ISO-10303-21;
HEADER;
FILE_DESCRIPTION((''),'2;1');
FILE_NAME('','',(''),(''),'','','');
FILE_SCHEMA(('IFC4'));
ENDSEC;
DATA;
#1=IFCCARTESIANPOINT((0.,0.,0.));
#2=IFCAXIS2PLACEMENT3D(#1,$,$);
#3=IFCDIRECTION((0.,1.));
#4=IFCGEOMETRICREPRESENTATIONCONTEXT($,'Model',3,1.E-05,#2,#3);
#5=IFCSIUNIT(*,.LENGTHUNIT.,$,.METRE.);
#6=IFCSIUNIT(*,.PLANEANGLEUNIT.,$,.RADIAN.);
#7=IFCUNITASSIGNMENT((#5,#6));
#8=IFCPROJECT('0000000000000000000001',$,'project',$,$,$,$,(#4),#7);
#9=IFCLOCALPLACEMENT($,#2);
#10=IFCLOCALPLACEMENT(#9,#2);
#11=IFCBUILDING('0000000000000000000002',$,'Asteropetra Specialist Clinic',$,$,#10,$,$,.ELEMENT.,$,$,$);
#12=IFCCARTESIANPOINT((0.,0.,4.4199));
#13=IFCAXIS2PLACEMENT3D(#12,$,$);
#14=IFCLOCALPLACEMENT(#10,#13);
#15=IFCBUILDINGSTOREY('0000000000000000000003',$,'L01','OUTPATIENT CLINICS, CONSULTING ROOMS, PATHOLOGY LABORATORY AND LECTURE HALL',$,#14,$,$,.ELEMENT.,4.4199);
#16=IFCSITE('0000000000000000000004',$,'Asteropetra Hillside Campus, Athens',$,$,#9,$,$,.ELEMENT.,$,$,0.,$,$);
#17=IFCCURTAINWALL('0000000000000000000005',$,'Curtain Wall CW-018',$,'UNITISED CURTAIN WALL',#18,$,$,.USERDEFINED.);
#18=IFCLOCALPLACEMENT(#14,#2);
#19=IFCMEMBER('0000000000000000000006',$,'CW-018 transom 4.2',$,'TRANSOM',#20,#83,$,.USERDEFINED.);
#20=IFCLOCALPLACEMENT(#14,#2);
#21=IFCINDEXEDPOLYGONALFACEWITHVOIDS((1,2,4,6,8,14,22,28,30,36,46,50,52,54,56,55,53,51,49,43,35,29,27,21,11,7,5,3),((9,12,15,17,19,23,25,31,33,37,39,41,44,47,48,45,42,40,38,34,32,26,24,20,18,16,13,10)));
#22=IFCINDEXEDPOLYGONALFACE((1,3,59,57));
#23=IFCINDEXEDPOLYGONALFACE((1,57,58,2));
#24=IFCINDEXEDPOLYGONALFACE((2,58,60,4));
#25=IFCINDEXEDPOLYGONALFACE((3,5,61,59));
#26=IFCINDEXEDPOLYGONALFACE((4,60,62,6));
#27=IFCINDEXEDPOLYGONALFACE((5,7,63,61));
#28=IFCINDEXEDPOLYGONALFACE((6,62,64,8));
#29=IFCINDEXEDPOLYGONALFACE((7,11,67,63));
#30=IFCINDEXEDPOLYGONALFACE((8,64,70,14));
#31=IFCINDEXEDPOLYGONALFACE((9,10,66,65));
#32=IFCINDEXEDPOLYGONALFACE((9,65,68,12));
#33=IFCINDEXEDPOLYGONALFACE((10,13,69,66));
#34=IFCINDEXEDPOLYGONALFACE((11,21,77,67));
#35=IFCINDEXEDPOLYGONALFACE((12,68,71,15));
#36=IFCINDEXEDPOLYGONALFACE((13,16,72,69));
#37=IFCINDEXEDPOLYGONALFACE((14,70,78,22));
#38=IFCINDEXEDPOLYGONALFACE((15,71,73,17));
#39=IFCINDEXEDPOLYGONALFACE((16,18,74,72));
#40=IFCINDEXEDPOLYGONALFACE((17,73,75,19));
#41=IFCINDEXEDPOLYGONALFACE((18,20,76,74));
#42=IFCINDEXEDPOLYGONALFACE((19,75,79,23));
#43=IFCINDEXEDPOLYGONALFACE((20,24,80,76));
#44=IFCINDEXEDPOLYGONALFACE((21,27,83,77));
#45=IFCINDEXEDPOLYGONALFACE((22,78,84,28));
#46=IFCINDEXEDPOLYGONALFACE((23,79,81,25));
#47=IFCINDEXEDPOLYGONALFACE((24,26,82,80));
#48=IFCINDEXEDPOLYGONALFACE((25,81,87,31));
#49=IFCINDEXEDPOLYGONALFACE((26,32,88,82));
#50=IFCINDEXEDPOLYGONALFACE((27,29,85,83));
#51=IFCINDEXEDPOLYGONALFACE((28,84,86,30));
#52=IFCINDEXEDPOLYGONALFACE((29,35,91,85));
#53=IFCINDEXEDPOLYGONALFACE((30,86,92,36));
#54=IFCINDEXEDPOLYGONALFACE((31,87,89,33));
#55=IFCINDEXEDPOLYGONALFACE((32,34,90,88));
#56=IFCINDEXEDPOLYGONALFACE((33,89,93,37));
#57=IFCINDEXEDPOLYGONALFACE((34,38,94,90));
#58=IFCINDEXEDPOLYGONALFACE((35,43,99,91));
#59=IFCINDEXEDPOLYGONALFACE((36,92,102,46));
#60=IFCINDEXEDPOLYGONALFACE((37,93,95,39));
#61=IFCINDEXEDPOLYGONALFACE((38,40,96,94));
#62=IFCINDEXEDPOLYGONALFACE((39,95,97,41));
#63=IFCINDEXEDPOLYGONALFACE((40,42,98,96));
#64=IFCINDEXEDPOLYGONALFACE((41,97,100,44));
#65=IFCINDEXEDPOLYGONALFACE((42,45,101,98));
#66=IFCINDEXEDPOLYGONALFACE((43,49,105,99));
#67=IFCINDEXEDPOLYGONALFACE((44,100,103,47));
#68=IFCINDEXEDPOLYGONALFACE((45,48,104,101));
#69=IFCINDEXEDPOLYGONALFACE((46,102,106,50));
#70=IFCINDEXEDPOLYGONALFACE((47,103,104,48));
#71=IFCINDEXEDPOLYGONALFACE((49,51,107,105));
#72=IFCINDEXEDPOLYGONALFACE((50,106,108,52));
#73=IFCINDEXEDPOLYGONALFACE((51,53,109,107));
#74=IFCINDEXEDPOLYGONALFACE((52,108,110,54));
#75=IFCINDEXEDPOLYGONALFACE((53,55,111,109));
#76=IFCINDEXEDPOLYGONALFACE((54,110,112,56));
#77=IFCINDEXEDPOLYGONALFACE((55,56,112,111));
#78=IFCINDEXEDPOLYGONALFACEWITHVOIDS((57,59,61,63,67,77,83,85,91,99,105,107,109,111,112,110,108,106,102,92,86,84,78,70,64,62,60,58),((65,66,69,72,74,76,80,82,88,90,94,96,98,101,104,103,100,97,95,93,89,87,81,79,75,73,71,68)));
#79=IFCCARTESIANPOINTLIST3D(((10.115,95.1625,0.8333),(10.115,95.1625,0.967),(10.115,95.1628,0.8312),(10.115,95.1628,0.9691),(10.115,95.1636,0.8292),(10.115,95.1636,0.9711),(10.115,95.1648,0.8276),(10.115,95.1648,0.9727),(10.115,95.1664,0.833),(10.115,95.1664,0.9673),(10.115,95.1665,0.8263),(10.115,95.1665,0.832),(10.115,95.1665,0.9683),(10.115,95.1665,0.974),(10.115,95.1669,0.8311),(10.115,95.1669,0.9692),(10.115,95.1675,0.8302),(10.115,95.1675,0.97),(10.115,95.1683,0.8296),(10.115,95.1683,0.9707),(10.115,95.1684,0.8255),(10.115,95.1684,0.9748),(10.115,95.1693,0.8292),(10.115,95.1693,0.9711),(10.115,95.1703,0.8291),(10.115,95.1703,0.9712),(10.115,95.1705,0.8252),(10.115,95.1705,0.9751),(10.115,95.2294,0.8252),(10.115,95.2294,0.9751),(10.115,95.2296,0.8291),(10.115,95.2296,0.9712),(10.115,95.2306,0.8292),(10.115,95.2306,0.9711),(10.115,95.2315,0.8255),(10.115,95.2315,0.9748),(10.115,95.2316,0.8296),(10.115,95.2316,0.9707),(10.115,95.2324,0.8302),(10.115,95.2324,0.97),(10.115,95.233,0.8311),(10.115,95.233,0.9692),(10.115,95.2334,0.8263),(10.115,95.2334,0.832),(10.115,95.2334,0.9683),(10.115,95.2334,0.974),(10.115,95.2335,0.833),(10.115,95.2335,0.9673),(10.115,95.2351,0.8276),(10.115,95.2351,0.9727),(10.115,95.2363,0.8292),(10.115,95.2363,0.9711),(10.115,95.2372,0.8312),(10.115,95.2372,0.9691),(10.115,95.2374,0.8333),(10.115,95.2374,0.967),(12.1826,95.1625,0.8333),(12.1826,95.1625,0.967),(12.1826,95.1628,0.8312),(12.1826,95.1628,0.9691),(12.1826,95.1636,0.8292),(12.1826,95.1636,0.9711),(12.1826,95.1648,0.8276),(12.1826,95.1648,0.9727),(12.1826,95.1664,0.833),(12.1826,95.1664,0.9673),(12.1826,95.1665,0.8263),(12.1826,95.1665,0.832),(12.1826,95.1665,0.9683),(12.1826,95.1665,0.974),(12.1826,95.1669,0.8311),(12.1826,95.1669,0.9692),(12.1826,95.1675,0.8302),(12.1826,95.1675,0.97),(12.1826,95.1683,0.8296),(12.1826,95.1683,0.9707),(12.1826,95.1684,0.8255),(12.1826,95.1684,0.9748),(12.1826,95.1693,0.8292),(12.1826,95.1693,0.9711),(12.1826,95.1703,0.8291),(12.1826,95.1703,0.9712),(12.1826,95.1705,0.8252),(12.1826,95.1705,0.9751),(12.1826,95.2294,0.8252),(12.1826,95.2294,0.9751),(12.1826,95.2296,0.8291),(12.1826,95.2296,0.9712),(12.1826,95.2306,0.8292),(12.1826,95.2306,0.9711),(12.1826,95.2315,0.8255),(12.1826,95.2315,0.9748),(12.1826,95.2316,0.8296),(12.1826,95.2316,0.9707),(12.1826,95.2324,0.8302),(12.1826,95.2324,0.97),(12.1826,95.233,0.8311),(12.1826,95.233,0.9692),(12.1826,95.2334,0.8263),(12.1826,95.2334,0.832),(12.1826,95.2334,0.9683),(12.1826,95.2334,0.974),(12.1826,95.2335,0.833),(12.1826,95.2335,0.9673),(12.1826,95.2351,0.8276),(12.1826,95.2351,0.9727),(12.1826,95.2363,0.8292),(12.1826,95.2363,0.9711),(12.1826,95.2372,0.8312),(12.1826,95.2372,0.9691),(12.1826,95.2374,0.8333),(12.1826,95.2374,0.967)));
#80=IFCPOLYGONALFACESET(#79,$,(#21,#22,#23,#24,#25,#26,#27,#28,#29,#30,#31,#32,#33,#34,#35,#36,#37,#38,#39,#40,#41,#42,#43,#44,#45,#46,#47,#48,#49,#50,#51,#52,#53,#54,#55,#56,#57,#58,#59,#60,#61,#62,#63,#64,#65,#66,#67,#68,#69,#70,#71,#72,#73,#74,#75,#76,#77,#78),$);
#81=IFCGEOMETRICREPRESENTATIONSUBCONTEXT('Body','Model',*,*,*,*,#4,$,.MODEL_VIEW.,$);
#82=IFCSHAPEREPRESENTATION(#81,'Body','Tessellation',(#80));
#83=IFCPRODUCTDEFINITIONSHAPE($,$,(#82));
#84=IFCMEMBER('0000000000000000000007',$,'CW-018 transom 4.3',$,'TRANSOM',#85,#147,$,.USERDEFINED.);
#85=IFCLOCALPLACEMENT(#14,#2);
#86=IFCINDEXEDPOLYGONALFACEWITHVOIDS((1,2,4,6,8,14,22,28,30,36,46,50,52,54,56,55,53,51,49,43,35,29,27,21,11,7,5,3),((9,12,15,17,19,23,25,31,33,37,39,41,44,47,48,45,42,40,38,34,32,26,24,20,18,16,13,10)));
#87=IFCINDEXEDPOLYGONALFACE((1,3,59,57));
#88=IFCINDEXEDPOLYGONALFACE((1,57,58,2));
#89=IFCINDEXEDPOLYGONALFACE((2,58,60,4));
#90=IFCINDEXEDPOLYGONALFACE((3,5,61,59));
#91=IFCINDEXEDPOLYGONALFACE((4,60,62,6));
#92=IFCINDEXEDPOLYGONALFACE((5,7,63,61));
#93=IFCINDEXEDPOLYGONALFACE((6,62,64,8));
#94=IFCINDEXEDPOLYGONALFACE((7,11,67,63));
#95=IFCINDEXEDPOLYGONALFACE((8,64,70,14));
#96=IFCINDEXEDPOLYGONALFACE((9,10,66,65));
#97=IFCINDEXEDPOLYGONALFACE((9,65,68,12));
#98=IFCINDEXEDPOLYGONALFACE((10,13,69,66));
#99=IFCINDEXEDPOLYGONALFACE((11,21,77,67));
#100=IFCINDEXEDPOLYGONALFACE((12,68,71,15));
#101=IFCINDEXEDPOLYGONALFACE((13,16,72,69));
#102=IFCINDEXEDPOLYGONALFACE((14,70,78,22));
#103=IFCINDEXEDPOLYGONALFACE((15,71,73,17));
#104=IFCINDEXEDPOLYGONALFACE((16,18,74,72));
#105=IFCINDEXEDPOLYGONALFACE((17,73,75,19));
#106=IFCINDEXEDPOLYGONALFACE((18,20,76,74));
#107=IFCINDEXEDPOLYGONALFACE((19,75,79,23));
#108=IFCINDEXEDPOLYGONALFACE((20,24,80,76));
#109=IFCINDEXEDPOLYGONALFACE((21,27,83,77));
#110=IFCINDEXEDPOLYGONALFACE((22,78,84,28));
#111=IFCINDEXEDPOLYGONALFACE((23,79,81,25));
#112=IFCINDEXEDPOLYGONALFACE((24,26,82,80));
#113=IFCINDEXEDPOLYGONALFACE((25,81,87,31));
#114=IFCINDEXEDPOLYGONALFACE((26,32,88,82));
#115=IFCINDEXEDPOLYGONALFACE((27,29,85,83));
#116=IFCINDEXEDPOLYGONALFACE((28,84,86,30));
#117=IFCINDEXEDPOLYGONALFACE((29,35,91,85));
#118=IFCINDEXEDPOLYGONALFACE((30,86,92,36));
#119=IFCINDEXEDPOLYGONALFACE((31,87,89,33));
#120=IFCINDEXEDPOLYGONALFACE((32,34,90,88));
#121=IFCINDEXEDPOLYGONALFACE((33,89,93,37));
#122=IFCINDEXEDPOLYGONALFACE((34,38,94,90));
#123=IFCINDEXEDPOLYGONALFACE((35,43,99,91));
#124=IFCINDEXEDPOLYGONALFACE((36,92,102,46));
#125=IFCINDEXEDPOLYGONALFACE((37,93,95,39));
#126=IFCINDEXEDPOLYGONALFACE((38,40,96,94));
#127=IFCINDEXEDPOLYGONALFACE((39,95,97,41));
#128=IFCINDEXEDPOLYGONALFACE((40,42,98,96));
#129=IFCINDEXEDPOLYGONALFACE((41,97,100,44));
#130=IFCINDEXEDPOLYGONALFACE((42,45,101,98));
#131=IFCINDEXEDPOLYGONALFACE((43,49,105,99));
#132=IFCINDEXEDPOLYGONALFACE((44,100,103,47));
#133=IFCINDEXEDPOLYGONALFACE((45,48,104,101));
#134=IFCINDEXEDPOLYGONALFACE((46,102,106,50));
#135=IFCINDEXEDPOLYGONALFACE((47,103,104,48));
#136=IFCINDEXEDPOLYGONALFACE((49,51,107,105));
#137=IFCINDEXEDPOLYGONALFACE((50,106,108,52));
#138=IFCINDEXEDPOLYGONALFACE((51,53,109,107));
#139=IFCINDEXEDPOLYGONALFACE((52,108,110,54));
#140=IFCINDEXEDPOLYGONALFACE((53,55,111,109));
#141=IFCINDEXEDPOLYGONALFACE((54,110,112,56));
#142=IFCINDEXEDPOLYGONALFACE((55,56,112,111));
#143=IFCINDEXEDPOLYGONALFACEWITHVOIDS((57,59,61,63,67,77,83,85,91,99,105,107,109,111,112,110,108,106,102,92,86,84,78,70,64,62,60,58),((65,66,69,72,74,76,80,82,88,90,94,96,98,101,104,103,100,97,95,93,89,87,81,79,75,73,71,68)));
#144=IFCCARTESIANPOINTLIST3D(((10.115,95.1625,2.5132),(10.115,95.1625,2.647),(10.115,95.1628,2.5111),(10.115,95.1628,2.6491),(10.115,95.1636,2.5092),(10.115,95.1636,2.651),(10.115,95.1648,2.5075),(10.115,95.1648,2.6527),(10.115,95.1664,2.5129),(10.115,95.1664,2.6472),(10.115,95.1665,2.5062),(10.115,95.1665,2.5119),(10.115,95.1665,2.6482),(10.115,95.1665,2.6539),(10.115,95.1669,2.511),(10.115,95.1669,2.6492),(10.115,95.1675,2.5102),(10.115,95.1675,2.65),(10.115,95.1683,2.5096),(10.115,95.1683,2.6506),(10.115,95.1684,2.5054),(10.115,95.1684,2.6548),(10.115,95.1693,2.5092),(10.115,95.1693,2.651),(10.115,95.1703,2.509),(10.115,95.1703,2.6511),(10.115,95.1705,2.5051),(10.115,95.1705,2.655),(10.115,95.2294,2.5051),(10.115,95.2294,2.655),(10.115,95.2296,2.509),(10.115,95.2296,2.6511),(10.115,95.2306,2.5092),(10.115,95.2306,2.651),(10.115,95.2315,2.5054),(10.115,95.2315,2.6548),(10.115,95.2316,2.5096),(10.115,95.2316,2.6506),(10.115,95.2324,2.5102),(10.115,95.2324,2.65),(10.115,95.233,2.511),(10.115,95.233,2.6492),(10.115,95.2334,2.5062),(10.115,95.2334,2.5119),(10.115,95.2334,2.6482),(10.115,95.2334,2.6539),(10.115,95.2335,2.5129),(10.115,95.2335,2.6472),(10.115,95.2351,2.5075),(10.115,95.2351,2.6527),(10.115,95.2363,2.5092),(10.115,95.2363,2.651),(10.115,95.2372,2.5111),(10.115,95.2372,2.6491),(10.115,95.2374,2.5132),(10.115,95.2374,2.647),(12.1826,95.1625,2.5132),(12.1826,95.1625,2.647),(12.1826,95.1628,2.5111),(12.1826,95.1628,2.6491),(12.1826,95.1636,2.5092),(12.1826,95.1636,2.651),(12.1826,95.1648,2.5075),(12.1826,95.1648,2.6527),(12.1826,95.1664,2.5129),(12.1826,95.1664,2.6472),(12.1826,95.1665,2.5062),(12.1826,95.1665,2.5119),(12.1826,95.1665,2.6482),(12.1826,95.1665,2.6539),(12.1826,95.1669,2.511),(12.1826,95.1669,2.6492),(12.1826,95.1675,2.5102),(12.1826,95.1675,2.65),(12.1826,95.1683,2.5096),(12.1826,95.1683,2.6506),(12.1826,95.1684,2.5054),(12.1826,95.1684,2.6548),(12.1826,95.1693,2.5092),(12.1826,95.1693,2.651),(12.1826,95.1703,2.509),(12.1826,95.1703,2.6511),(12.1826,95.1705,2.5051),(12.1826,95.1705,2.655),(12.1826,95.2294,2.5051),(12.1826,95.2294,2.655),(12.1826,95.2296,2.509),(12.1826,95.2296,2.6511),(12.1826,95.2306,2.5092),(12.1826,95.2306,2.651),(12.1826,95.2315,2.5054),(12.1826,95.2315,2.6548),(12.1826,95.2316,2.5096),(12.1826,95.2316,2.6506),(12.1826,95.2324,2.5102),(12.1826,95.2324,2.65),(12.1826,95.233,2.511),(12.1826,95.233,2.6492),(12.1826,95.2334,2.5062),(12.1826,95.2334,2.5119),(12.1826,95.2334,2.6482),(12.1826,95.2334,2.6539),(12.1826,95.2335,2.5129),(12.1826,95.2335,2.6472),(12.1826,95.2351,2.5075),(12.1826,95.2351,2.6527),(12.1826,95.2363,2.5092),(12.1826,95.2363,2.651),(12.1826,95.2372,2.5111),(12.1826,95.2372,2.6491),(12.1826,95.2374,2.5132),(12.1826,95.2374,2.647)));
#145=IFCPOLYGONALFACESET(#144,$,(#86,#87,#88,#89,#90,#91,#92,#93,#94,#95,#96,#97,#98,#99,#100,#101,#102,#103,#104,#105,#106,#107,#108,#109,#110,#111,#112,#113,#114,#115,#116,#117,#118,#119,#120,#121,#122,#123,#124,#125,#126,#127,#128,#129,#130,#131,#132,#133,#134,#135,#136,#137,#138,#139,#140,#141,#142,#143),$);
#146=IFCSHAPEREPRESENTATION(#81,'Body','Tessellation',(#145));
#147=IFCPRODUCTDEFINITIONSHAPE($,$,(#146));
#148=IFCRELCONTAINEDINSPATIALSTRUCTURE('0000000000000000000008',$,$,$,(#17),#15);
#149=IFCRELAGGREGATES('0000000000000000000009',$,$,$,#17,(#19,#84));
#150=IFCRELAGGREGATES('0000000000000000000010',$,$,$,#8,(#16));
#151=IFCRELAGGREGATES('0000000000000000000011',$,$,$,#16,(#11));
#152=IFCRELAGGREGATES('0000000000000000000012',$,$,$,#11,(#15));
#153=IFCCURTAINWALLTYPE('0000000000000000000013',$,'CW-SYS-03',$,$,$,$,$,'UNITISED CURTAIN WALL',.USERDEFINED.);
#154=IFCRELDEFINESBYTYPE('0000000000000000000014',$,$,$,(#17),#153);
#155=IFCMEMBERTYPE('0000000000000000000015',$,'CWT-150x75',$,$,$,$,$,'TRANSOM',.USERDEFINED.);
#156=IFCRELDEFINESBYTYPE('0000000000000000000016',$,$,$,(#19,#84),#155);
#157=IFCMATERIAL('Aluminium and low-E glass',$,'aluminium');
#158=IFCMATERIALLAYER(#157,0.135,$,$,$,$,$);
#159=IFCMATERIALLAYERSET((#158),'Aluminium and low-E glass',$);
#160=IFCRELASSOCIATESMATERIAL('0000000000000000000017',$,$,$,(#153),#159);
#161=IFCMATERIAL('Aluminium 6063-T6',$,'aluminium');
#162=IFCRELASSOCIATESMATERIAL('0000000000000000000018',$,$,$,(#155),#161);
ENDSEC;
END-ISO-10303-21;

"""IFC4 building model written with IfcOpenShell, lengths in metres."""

from ifc_helpers import new_model, si_unit, direction, frame, origin, origin_2d, place, context, subcontext, project, spatial, hollow_rectangle, extrude, material, layer, layer_set, material_profile, profile_set, type_object, element, aggregate, save


model = new_model("IFC4")

# Units and contexts
model_context = context("Model", 3, precision=1e-05, world=origin(), true_north=direction((0.0, 1.0)))
body_context = subcontext(model_context, "Body", "Model", "MODEL_VIEW")
ifc_project = project(units=[si_unit("LENGTHUNIT", "METRE"), si_unit("PLANEANGLEUNIT", "RADIAN")], contexts=[model_context])

# Site, building, storey
site_placement = place(None, origin())
site = spatial("IfcSite", under=ifc_project, at=site_placement, Name="Asteropetra Hillside Campus, Athens", CompositionType="ELEMENT", RefElevation=0.0)
building_placement = place(site_placement, origin())
building = spatial("IfcBuilding", under=site, at=building_placement, Name="Asteropetra Specialist Clinic", CompositionType="ELEMENT")
storey_placement = place(building_placement, frame((0.0, 0.0, 4.4199)))
storey = spatial("IfcBuildingStorey", under=building, at=storey_placement, Name="L01", Description="OUTPATIENT CLINICS, CONSULTING ROOMS, PATHOLOGY LABORATORY AND LECTURE HALL", CompositionType="ELEMENT", Elevation=4.4199)

# Curtain wall, members
ifc_material_1 = material(Name="Aluminium and low-E glass", Category="aluminium")
ifc_layer_1 = layer(ifc_material_1, 0.135)
ifc_layer_set_1 = layer_set([ifc_layer_1], Name="Aluminium and low-E glass")
curtain_wall_type = type_object("IfcCurtainWallType", Name="CW-SYS-03", ElementType="UNITISED CURTAIN WALL", PredefinedType="USERDEFINED", material=ifc_layer_set_1)
curtain_wall_placement = place(storey_placement, origin())
curtain_wall = element("IfcCurtainWall", 1, at=curtain_wall_placement, inside=storey, type_object=curtain_wall_type, Name="Curtain Wall CW-018", ObjectType="UNITISED CURTAIN WALL", PredefinedType="USERDEFINED")
ifc_material_2 = material(Name="Aluminium 6063-T6", Category="aluminium")
ifc_material_profile_1 = material_profile(ifc_material_2, hollow_rectangle(XDim=0.075, YDim=0.1499, WallThickness=0.0039, InnerFilletRadius=0.0039, OuterFilletRadius=0.0081, at=origin_2d()), Name="TRN 150x75x4.0")
ifc_profile_set_1 = profile_set([ifc_material_profile_1], Name="Aluminium 6063-T6")
member_type_1 = type_object("IfcMemberType", Name="CWT-150x75", ElementType="TRANSOM", PredefinedType="USERDEFINED", material=ifc_profile_set_1)
member_1_placement = place(storey_placement, frame((12.1826, 95.2, 0.9001), z_axis=(-1.0, 0.0, 0.0), x_axis=(0.0, -1.0, 0.0)))
member_1 = element("IfcMember", 2, at=member_1_placement, type_object=member_type_1, Name="CW-018 transom 4.2", ObjectType="TRANSOM", PredefinedType="USERDEFINED", context=body_context, shape_type="SweptSolid", body=[
    extrude(hollow_rectangle(XDim=0.075, YDim=0.1499, WallThickness=0.0039, InnerFilletRadius=0.0039, OuterFilletRadius=0.0081, at=origin_2d()), origin(), (0.0, 0.0, 1.0), 2.0676),
])
member_2_placement = place(storey_placement, frame((12.1826, 95.2, 2.5801), z_axis=(-1.0, 0.0, 0.0), x_axis=(0.0, -1.0, 0.0)))
member_2 = element("IfcMember", 3, at=member_2_placement, type_object=member_type_1, Name="CW-018 transom 4.3", ObjectType="TRANSOM", PredefinedType="USERDEFINED", context=body_context, shape_type="SweptSolid", body=[
    extrude(hollow_rectangle(XDim=0.075, YDim=0.1499, WallThickness=0.0039, InnerFilletRadius=0.0039, OuterFilletRadius=0.0081, at=origin_2d()), origin(), (0.0, 0.0, 1.0), 2.0676),
])
aggregate(curtain_wall, [member_1, member_2])

save(model, "model.ifc")
